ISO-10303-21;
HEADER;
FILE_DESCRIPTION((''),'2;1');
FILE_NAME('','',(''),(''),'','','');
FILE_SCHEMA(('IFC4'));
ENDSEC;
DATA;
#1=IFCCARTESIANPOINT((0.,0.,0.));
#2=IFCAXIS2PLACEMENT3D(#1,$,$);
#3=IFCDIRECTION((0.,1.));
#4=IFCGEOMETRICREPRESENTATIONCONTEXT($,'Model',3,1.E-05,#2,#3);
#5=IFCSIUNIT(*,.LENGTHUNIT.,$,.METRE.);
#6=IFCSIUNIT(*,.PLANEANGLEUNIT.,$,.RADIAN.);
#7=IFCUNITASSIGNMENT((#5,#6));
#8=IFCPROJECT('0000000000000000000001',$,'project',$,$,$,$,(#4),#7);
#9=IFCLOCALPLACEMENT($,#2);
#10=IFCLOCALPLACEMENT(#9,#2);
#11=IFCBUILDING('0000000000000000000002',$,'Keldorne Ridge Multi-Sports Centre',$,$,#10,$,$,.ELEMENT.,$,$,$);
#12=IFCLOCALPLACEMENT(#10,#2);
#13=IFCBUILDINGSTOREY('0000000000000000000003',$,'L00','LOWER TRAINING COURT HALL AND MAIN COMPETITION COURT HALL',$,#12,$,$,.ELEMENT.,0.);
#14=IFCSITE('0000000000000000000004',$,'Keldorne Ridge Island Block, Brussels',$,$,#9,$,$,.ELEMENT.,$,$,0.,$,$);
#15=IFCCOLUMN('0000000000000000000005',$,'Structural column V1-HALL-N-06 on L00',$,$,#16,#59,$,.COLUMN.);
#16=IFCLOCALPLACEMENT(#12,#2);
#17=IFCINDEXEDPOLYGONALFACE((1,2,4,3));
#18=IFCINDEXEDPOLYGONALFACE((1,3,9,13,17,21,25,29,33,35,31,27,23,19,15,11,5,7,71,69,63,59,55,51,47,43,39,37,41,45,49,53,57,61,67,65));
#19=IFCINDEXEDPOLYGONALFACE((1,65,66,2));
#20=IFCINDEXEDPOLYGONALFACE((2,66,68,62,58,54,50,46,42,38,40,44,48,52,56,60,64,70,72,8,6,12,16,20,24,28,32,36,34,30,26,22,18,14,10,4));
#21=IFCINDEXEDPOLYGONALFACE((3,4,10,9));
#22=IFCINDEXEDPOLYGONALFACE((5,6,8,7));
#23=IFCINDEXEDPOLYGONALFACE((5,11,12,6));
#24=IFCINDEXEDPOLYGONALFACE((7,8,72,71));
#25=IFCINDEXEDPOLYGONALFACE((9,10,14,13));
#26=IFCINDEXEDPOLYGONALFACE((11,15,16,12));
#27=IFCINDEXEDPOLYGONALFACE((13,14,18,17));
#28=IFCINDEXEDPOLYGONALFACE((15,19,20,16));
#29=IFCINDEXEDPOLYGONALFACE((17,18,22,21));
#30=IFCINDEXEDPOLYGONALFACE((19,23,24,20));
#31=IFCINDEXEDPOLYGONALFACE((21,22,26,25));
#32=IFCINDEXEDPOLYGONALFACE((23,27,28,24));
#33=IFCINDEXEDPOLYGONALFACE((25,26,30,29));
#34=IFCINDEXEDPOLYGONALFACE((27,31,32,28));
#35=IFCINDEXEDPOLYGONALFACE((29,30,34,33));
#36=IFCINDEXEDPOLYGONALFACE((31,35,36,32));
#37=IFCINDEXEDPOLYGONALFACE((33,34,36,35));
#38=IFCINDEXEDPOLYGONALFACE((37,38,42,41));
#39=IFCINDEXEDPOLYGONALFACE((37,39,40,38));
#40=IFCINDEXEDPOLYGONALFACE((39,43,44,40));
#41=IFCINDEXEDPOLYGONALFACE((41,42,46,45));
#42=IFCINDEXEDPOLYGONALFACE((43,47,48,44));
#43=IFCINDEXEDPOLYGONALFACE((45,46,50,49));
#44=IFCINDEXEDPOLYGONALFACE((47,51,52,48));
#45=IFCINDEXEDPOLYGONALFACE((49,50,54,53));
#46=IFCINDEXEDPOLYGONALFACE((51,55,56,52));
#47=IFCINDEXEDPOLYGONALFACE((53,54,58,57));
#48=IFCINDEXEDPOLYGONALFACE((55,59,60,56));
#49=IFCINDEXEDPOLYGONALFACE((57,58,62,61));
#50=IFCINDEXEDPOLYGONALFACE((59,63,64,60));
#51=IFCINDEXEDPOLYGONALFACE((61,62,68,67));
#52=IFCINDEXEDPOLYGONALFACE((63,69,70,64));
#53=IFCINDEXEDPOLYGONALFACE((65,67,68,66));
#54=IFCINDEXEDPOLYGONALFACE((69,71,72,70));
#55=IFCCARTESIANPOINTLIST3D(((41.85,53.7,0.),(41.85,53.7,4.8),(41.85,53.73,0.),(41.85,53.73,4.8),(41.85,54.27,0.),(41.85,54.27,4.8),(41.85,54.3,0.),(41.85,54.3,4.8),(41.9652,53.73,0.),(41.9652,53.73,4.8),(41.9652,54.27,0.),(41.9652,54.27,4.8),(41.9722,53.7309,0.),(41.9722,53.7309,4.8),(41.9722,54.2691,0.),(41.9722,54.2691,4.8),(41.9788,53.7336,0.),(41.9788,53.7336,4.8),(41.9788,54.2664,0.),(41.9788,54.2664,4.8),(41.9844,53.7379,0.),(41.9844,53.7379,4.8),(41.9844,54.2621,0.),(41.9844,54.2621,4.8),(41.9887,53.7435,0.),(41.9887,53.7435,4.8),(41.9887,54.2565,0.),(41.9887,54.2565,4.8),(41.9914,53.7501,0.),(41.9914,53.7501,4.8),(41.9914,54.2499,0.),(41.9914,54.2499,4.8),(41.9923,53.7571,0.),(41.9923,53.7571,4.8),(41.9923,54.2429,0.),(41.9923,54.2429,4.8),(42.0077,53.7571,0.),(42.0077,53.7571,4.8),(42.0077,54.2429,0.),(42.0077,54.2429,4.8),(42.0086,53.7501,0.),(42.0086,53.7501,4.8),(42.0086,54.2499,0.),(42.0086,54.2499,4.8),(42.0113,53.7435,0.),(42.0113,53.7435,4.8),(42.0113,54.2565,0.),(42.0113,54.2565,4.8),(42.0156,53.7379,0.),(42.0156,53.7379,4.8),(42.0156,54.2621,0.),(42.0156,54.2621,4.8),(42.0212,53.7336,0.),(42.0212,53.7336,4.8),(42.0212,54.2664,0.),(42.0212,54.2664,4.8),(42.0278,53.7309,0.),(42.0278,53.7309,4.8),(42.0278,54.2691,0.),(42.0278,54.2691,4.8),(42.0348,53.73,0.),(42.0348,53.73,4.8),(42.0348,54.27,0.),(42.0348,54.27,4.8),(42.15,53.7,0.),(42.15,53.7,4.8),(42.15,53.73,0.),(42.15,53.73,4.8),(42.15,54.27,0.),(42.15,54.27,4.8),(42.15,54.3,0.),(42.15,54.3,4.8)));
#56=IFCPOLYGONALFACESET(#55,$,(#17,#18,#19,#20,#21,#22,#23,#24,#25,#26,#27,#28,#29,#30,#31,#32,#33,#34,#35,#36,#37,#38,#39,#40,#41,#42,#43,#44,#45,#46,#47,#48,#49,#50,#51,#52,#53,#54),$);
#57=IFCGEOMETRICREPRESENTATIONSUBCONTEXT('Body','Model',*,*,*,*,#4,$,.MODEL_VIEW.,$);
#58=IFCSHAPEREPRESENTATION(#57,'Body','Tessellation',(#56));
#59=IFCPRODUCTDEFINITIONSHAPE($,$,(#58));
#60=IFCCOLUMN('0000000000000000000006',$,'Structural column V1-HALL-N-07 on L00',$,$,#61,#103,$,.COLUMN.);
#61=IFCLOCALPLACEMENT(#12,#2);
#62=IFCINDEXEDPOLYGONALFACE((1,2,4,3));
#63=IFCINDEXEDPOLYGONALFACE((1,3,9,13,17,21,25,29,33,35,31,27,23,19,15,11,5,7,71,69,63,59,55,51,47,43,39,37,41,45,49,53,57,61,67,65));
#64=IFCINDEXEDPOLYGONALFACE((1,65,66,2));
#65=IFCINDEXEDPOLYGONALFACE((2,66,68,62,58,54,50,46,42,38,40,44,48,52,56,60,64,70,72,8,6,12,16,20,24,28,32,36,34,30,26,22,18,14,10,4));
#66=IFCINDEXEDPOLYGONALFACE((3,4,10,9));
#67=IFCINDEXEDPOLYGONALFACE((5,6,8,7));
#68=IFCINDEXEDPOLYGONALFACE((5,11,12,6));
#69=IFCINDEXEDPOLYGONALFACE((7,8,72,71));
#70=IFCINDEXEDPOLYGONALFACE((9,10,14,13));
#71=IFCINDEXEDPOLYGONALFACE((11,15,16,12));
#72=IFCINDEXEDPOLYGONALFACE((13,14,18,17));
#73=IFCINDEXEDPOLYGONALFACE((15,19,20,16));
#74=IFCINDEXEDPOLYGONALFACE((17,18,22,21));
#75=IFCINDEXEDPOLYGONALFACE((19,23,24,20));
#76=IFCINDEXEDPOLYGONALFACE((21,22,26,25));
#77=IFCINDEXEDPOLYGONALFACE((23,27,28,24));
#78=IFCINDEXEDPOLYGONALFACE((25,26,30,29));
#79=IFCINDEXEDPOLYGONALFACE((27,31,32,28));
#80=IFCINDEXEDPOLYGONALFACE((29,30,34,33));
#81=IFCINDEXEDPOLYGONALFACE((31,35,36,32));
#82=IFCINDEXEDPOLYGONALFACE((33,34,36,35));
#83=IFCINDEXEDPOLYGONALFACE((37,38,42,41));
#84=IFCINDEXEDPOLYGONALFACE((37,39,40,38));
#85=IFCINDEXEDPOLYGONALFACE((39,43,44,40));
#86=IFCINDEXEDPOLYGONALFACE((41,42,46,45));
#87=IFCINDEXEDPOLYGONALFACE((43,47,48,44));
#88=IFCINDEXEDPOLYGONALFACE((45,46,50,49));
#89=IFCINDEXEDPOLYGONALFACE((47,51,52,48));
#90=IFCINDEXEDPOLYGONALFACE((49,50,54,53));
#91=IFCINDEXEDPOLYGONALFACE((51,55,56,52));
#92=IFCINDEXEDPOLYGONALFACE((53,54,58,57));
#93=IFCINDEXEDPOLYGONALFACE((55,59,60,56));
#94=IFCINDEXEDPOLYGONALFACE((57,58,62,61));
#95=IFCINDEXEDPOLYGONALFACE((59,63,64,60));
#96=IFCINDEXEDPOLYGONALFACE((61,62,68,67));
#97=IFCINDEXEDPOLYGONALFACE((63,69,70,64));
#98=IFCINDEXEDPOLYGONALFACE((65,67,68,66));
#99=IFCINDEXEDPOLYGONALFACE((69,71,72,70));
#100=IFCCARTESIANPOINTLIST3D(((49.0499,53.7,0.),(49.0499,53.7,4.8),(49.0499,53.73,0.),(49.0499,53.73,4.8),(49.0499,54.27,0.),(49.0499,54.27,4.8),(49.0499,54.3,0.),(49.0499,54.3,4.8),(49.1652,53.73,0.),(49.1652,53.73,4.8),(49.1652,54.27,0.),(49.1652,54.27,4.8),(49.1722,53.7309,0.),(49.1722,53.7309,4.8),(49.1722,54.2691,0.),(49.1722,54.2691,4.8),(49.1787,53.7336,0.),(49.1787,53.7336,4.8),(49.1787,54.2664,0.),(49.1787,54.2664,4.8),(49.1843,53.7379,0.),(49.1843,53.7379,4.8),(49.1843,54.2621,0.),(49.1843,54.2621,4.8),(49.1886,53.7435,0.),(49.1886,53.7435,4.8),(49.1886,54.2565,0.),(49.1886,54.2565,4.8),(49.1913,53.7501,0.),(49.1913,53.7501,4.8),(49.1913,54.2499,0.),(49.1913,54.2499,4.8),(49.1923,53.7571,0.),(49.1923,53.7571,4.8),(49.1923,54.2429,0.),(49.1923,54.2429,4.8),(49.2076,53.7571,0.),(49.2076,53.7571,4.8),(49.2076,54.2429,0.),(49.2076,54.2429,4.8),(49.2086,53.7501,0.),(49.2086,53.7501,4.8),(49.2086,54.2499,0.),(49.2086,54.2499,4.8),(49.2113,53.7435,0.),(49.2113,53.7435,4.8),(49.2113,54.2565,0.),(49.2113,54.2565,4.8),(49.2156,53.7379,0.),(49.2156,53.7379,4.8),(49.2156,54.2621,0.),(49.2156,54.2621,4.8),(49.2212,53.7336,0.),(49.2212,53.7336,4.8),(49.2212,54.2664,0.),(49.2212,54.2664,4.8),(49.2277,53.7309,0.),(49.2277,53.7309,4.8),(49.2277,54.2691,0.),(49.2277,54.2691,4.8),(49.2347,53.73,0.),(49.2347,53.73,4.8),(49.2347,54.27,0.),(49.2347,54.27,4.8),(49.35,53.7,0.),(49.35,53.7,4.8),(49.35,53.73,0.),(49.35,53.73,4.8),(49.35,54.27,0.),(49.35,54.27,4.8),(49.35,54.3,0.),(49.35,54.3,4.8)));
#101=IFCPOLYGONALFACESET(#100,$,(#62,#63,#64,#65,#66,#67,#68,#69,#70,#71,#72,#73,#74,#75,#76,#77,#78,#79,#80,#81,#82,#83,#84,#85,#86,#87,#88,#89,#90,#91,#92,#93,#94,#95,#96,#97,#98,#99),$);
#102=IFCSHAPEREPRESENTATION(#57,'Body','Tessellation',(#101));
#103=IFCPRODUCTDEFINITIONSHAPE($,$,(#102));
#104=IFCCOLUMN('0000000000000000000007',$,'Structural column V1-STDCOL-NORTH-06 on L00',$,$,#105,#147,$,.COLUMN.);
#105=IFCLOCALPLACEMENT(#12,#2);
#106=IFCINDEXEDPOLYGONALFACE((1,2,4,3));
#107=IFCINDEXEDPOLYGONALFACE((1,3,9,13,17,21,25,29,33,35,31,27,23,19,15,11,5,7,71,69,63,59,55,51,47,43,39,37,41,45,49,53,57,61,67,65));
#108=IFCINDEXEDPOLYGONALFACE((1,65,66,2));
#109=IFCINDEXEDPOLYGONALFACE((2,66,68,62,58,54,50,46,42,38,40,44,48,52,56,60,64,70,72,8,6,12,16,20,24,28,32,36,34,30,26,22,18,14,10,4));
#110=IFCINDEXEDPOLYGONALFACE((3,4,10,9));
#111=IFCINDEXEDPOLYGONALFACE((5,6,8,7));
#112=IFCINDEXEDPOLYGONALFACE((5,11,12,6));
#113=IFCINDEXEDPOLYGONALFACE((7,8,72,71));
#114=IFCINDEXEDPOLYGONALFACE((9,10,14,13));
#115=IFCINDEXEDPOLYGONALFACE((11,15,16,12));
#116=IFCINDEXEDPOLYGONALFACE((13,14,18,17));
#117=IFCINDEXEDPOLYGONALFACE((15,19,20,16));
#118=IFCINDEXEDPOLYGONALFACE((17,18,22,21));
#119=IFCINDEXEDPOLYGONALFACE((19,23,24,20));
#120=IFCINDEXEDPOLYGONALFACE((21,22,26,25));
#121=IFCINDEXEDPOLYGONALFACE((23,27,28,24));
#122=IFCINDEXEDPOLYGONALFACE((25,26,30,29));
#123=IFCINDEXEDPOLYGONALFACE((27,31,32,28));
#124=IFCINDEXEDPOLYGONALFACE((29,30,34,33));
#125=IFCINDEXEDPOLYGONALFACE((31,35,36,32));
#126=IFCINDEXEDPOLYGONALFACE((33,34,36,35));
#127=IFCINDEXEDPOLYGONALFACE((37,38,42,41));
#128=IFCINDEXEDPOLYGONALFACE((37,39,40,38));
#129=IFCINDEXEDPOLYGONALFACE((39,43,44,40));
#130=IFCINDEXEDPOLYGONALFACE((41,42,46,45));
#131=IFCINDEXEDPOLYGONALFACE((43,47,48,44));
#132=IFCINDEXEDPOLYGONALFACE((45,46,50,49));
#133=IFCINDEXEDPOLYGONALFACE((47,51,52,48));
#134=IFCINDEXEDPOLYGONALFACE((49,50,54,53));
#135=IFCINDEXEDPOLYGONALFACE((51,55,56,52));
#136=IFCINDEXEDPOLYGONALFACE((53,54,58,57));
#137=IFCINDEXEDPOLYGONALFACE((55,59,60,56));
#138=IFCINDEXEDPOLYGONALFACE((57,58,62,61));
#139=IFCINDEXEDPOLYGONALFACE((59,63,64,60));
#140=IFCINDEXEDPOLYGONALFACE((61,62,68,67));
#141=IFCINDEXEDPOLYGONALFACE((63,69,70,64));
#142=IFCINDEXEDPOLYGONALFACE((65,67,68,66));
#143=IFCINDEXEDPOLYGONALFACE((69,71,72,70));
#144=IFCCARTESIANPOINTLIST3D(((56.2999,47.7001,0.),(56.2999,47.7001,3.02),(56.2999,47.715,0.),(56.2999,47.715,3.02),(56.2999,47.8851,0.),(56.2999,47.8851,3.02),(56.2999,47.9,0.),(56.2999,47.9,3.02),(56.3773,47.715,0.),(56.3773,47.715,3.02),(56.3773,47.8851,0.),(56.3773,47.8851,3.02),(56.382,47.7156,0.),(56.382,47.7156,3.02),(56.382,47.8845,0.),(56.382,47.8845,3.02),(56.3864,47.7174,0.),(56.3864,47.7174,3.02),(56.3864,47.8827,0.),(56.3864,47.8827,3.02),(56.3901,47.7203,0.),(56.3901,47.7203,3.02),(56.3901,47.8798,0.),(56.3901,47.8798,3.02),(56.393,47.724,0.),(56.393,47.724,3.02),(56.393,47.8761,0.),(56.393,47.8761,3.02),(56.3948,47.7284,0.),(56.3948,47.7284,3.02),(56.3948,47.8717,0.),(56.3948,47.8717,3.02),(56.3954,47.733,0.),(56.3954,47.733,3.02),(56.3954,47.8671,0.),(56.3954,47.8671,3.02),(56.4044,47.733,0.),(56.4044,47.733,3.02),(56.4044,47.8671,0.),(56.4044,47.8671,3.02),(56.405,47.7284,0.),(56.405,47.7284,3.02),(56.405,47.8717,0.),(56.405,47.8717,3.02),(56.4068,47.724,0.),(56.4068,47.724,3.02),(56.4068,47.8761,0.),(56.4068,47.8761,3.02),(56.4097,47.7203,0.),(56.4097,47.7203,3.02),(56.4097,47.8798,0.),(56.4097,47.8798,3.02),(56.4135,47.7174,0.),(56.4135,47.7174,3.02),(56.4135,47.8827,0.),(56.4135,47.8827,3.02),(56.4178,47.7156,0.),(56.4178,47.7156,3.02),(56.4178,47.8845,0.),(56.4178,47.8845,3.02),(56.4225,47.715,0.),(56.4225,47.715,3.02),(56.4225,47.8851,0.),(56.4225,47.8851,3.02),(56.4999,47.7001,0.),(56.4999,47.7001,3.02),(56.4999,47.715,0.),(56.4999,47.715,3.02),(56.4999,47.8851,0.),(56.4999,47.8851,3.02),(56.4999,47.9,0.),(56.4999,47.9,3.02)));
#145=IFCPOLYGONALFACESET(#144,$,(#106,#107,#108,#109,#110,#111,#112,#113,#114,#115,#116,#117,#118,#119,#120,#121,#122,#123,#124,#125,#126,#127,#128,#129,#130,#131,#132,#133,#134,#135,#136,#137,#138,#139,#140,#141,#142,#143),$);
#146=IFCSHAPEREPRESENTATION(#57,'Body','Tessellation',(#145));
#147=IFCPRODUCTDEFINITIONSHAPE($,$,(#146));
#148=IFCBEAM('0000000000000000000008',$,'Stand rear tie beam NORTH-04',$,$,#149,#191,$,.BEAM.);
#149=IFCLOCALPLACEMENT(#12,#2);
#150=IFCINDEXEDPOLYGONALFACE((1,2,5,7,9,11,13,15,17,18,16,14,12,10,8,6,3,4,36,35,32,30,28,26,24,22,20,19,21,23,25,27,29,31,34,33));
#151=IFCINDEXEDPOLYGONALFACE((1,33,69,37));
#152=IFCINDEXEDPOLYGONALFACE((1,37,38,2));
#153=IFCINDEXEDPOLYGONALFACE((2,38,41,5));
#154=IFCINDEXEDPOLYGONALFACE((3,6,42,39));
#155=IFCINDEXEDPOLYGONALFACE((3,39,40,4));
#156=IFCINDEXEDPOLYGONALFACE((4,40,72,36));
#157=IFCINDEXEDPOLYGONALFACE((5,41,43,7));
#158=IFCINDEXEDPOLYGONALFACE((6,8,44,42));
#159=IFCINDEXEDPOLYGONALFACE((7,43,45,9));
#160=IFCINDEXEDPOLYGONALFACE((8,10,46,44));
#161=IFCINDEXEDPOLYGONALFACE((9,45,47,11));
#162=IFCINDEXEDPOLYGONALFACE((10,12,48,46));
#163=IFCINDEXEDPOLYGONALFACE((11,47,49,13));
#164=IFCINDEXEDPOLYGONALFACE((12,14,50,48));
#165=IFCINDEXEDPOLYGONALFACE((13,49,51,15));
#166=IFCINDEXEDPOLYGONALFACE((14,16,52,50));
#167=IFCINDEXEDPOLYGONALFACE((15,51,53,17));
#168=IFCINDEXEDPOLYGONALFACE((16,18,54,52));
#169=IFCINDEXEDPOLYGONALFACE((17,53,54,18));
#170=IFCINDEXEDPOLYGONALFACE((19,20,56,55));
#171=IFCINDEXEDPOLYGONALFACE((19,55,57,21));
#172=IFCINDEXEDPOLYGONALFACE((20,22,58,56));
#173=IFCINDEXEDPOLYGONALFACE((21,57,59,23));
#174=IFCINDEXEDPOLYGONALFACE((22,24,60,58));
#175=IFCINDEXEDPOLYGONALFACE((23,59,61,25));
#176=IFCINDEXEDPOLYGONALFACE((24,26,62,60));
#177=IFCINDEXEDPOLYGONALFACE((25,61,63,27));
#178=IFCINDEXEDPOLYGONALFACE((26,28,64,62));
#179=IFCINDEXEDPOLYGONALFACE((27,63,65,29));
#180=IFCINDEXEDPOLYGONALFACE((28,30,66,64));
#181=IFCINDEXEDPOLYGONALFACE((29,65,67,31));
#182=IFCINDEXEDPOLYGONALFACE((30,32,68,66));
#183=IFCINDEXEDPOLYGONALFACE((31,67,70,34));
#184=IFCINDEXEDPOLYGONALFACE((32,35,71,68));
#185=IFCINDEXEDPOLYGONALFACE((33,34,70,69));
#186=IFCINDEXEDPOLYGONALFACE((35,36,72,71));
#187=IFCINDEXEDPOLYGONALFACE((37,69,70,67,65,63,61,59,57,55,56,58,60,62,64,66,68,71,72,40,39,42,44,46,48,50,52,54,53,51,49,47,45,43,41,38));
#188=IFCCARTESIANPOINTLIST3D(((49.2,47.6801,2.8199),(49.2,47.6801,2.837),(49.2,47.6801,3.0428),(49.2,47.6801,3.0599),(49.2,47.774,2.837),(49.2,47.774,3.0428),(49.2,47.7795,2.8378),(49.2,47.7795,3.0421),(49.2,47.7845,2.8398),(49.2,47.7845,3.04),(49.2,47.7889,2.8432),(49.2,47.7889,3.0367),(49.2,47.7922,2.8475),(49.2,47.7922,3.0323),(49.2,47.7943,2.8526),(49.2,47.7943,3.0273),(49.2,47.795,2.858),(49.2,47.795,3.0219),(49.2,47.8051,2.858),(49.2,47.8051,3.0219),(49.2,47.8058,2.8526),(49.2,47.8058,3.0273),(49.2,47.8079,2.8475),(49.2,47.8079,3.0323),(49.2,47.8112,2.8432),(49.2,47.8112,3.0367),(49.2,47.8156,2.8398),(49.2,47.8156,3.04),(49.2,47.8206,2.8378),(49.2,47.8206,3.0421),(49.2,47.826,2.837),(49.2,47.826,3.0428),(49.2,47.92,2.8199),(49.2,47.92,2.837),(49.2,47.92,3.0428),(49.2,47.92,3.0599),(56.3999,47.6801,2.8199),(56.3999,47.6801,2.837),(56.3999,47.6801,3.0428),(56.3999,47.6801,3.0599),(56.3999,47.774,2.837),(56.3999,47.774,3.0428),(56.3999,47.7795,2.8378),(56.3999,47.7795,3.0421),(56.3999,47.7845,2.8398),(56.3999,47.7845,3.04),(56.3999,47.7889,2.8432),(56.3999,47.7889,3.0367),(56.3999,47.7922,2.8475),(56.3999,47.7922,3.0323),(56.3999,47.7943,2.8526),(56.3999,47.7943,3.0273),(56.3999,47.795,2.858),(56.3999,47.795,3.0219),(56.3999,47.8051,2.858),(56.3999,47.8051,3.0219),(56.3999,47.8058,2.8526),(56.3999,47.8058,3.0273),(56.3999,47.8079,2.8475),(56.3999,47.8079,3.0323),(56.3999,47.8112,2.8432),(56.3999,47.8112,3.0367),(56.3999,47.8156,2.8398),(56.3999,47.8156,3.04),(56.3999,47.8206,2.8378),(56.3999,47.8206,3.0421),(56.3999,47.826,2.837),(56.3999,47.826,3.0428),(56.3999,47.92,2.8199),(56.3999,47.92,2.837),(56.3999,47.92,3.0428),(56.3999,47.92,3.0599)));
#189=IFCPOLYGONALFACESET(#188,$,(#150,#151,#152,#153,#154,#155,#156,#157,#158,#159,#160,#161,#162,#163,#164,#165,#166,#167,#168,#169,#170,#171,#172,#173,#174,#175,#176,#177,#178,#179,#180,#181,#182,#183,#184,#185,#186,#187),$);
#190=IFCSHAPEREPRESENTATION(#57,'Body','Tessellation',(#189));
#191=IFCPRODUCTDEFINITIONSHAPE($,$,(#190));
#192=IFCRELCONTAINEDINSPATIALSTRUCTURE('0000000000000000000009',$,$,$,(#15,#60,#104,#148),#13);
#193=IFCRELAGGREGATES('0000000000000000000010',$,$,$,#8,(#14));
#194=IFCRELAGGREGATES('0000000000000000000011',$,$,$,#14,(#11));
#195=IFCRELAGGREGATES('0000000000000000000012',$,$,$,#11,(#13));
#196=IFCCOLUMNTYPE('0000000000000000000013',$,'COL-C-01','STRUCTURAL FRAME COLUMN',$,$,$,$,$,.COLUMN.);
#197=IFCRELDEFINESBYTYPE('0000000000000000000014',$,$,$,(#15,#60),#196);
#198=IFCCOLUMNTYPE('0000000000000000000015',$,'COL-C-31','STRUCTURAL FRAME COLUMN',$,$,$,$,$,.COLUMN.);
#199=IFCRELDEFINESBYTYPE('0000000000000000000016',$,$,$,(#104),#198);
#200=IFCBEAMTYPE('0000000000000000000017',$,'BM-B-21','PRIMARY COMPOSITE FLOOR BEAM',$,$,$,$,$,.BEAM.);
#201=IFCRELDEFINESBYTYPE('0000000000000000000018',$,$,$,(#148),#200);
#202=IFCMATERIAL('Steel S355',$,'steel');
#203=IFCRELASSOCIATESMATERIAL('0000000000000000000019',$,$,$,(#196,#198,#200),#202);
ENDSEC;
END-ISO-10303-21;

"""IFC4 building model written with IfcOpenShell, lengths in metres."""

from ifc_helpers import new_model, si_unit, direction, frame, origin, origin_2d, place, context, subcontext, project, spatial, i_section, extrude, material, material_profile, profile_set, type_object, element, save


model = new_model("IFC4")

# Units and contexts
model_context = context("Model", 3, precision=1e-05, world=origin(), true_north=direction((0.0, 1.0)))
body_context = subcontext(model_context, "Body", "Model", "MODEL_VIEW")
ifc_project = project(units=[si_unit("LENGTHUNIT", "METRE"), si_unit("PLANEANGLEUNIT", "RADIAN")], contexts=[model_context])

# Site, building, storey
site_placement = place(None, origin())
site = spatial("IfcSite", under=ifc_project, at=site_placement, Name="Keldorne Ridge Island Block, Brussels", CompositionType="ELEMENT", RefElevation=0.0)
building_placement = place(site_placement, origin())
building = spatial("IfcBuilding", under=site, at=building_placement, Name="Keldorne Ridge Multi-Sports Centre", CompositionType="ELEMENT")
storey_placement = place(building_placement, origin())
storey = spatial("IfcBuildingStorey", under=building, at=storey_placement, Name="L00", Description="LOWER TRAINING COURT HALL AND MAIN COMPETITION COURT HALL", CompositionType="ELEMENT", Elevation=0.0)

# Columns
ifc_material_1 = material(Name="Steel S355", Category="steel")
ifc_material_profile_1 = material_profile(ifc_material_1, i_section(OverallWidth=0.3, OverallDepth=0.6001, WebThickness=0.0154, FlangeThickness=0.03, FilletRadius=0.0271, at=origin_2d()), Name="HEB 600")
ifc_profile_set_1 = profile_set([ifc_material_profile_1], Name="Steel S355")
column_type_1 = type_object("IfcColumnType", Name="COL-C-01", Description="STRUCTURAL FRAME COLUMN", PredefinedType="COLUMN", material=ifc_profile_set_1)
for number, where, z_axis, x_axis, name in (
    (1, (42.0, 54.0, 0.0), (0.0, 0.0, 1.0), (1.0, 0.0, 0.0), "Structural column V1-HALL-N-06 on L00"),
    (2, (49.2, 54.0, 0.0), (0.0, 0.0, 1.0), (1.0, 0.0, 0.0), "Structural column V1-HALL-N-07 on L00"),
):
    element("IfcColumn", number, at=place(storey_placement, frame(where, z_axis=z_axis, x_axis=x_axis)), inside=storey, type_object=column_type_1, Name=name, PredefinedType="COLUMN", context=body_context, shape_type="SweptSolid", body=[
        extrude(i_section(OverallWidth=0.3, OverallDepth=0.6001, WebThickness=0.0154, FlangeThickness=0.03, FilletRadius=0.0271, at=origin_2d()), origin(), (0.0, 0.0, 1.0), 4.8),
    ])
ifc_material_profile_2 = material_profile(ifc_material_1, i_section(OverallWidth=0.2, OverallDepth=0.2, WebThickness=0.009, FlangeThickness=0.0149, FilletRadius=0.0181, at=origin_2d()), Name="HEB 200")
ifc_profile_set_2 = profile_set([ifc_material_profile_2], Name="Steel S355")
column_type_2 = type_object("IfcColumnType", Name="COL-C-31", Description="STRUCTURAL FRAME COLUMN", PredefinedType="COLUMN", material=ifc_profile_set_2)
column_placement = place(storey_placement, frame((56.3999, 47.8, 0.0), z_axis=(0.0, 0.0, 1.0), x_axis=(1.0, 0.0, 0.0)))
element("IfcColumn", 3, at=column_placement, inside=storey, type_object=column_type_2, Name="Structural column V1-STDCOL-NORTH-06 on L00", PredefinedType="COLUMN", context=body_context, shape_type="SweptSolid", body=[
    extrude(i_section(OverallWidth=0.2, OverallDepth=0.2, WebThickness=0.009, FlangeThickness=0.0149, FilletRadius=0.0181, at=origin_2d()), origin(), (0.0, 0.0, 1.0), 3.02),
])

# Beam
ifc_material_profile_3 = material_profile(ifc_material_1, i_section(OverallWidth=0.24, OverallDepth=0.24, WebThickness=0.01, FlangeThickness=0.0171, FilletRadius=0.021, at=origin_2d()), Name="HEB 240")
ifc_profile_set_3 = profile_set([ifc_material_profile_3], Name="Steel S355")
beam_type = type_object("IfcBeamType", Name="BM-B-21", Description="PRIMARY COMPOSITE FLOOR BEAM", PredefinedType="BEAM", material=ifc_profile_set_3)
beam_placement = place(storey_placement, frame((49.2, 47.8, 2.9399), z_axis=(1.0, 0.0, 0.0), x_axis=(0.0, 1.0, 0.0)))
element("IfcBeam", 4, at=beam_placement, inside=storey, type_object=beam_type, Name="Stand rear tie beam NORTH-04", PredefinedType="BEAM", context=body_context, shape_type="SweptSolid", body=[
    extrude(i_section(OverallWidth=0.24, OverallDepth=0.24, WebThickness=0.01, FlangeThickness=0.0171, FilletRadius=0.021, at=origin_2d()), origin(), (0.0, 0.0, 1.0), 7.2),
])

save(model, "model.ifc")
